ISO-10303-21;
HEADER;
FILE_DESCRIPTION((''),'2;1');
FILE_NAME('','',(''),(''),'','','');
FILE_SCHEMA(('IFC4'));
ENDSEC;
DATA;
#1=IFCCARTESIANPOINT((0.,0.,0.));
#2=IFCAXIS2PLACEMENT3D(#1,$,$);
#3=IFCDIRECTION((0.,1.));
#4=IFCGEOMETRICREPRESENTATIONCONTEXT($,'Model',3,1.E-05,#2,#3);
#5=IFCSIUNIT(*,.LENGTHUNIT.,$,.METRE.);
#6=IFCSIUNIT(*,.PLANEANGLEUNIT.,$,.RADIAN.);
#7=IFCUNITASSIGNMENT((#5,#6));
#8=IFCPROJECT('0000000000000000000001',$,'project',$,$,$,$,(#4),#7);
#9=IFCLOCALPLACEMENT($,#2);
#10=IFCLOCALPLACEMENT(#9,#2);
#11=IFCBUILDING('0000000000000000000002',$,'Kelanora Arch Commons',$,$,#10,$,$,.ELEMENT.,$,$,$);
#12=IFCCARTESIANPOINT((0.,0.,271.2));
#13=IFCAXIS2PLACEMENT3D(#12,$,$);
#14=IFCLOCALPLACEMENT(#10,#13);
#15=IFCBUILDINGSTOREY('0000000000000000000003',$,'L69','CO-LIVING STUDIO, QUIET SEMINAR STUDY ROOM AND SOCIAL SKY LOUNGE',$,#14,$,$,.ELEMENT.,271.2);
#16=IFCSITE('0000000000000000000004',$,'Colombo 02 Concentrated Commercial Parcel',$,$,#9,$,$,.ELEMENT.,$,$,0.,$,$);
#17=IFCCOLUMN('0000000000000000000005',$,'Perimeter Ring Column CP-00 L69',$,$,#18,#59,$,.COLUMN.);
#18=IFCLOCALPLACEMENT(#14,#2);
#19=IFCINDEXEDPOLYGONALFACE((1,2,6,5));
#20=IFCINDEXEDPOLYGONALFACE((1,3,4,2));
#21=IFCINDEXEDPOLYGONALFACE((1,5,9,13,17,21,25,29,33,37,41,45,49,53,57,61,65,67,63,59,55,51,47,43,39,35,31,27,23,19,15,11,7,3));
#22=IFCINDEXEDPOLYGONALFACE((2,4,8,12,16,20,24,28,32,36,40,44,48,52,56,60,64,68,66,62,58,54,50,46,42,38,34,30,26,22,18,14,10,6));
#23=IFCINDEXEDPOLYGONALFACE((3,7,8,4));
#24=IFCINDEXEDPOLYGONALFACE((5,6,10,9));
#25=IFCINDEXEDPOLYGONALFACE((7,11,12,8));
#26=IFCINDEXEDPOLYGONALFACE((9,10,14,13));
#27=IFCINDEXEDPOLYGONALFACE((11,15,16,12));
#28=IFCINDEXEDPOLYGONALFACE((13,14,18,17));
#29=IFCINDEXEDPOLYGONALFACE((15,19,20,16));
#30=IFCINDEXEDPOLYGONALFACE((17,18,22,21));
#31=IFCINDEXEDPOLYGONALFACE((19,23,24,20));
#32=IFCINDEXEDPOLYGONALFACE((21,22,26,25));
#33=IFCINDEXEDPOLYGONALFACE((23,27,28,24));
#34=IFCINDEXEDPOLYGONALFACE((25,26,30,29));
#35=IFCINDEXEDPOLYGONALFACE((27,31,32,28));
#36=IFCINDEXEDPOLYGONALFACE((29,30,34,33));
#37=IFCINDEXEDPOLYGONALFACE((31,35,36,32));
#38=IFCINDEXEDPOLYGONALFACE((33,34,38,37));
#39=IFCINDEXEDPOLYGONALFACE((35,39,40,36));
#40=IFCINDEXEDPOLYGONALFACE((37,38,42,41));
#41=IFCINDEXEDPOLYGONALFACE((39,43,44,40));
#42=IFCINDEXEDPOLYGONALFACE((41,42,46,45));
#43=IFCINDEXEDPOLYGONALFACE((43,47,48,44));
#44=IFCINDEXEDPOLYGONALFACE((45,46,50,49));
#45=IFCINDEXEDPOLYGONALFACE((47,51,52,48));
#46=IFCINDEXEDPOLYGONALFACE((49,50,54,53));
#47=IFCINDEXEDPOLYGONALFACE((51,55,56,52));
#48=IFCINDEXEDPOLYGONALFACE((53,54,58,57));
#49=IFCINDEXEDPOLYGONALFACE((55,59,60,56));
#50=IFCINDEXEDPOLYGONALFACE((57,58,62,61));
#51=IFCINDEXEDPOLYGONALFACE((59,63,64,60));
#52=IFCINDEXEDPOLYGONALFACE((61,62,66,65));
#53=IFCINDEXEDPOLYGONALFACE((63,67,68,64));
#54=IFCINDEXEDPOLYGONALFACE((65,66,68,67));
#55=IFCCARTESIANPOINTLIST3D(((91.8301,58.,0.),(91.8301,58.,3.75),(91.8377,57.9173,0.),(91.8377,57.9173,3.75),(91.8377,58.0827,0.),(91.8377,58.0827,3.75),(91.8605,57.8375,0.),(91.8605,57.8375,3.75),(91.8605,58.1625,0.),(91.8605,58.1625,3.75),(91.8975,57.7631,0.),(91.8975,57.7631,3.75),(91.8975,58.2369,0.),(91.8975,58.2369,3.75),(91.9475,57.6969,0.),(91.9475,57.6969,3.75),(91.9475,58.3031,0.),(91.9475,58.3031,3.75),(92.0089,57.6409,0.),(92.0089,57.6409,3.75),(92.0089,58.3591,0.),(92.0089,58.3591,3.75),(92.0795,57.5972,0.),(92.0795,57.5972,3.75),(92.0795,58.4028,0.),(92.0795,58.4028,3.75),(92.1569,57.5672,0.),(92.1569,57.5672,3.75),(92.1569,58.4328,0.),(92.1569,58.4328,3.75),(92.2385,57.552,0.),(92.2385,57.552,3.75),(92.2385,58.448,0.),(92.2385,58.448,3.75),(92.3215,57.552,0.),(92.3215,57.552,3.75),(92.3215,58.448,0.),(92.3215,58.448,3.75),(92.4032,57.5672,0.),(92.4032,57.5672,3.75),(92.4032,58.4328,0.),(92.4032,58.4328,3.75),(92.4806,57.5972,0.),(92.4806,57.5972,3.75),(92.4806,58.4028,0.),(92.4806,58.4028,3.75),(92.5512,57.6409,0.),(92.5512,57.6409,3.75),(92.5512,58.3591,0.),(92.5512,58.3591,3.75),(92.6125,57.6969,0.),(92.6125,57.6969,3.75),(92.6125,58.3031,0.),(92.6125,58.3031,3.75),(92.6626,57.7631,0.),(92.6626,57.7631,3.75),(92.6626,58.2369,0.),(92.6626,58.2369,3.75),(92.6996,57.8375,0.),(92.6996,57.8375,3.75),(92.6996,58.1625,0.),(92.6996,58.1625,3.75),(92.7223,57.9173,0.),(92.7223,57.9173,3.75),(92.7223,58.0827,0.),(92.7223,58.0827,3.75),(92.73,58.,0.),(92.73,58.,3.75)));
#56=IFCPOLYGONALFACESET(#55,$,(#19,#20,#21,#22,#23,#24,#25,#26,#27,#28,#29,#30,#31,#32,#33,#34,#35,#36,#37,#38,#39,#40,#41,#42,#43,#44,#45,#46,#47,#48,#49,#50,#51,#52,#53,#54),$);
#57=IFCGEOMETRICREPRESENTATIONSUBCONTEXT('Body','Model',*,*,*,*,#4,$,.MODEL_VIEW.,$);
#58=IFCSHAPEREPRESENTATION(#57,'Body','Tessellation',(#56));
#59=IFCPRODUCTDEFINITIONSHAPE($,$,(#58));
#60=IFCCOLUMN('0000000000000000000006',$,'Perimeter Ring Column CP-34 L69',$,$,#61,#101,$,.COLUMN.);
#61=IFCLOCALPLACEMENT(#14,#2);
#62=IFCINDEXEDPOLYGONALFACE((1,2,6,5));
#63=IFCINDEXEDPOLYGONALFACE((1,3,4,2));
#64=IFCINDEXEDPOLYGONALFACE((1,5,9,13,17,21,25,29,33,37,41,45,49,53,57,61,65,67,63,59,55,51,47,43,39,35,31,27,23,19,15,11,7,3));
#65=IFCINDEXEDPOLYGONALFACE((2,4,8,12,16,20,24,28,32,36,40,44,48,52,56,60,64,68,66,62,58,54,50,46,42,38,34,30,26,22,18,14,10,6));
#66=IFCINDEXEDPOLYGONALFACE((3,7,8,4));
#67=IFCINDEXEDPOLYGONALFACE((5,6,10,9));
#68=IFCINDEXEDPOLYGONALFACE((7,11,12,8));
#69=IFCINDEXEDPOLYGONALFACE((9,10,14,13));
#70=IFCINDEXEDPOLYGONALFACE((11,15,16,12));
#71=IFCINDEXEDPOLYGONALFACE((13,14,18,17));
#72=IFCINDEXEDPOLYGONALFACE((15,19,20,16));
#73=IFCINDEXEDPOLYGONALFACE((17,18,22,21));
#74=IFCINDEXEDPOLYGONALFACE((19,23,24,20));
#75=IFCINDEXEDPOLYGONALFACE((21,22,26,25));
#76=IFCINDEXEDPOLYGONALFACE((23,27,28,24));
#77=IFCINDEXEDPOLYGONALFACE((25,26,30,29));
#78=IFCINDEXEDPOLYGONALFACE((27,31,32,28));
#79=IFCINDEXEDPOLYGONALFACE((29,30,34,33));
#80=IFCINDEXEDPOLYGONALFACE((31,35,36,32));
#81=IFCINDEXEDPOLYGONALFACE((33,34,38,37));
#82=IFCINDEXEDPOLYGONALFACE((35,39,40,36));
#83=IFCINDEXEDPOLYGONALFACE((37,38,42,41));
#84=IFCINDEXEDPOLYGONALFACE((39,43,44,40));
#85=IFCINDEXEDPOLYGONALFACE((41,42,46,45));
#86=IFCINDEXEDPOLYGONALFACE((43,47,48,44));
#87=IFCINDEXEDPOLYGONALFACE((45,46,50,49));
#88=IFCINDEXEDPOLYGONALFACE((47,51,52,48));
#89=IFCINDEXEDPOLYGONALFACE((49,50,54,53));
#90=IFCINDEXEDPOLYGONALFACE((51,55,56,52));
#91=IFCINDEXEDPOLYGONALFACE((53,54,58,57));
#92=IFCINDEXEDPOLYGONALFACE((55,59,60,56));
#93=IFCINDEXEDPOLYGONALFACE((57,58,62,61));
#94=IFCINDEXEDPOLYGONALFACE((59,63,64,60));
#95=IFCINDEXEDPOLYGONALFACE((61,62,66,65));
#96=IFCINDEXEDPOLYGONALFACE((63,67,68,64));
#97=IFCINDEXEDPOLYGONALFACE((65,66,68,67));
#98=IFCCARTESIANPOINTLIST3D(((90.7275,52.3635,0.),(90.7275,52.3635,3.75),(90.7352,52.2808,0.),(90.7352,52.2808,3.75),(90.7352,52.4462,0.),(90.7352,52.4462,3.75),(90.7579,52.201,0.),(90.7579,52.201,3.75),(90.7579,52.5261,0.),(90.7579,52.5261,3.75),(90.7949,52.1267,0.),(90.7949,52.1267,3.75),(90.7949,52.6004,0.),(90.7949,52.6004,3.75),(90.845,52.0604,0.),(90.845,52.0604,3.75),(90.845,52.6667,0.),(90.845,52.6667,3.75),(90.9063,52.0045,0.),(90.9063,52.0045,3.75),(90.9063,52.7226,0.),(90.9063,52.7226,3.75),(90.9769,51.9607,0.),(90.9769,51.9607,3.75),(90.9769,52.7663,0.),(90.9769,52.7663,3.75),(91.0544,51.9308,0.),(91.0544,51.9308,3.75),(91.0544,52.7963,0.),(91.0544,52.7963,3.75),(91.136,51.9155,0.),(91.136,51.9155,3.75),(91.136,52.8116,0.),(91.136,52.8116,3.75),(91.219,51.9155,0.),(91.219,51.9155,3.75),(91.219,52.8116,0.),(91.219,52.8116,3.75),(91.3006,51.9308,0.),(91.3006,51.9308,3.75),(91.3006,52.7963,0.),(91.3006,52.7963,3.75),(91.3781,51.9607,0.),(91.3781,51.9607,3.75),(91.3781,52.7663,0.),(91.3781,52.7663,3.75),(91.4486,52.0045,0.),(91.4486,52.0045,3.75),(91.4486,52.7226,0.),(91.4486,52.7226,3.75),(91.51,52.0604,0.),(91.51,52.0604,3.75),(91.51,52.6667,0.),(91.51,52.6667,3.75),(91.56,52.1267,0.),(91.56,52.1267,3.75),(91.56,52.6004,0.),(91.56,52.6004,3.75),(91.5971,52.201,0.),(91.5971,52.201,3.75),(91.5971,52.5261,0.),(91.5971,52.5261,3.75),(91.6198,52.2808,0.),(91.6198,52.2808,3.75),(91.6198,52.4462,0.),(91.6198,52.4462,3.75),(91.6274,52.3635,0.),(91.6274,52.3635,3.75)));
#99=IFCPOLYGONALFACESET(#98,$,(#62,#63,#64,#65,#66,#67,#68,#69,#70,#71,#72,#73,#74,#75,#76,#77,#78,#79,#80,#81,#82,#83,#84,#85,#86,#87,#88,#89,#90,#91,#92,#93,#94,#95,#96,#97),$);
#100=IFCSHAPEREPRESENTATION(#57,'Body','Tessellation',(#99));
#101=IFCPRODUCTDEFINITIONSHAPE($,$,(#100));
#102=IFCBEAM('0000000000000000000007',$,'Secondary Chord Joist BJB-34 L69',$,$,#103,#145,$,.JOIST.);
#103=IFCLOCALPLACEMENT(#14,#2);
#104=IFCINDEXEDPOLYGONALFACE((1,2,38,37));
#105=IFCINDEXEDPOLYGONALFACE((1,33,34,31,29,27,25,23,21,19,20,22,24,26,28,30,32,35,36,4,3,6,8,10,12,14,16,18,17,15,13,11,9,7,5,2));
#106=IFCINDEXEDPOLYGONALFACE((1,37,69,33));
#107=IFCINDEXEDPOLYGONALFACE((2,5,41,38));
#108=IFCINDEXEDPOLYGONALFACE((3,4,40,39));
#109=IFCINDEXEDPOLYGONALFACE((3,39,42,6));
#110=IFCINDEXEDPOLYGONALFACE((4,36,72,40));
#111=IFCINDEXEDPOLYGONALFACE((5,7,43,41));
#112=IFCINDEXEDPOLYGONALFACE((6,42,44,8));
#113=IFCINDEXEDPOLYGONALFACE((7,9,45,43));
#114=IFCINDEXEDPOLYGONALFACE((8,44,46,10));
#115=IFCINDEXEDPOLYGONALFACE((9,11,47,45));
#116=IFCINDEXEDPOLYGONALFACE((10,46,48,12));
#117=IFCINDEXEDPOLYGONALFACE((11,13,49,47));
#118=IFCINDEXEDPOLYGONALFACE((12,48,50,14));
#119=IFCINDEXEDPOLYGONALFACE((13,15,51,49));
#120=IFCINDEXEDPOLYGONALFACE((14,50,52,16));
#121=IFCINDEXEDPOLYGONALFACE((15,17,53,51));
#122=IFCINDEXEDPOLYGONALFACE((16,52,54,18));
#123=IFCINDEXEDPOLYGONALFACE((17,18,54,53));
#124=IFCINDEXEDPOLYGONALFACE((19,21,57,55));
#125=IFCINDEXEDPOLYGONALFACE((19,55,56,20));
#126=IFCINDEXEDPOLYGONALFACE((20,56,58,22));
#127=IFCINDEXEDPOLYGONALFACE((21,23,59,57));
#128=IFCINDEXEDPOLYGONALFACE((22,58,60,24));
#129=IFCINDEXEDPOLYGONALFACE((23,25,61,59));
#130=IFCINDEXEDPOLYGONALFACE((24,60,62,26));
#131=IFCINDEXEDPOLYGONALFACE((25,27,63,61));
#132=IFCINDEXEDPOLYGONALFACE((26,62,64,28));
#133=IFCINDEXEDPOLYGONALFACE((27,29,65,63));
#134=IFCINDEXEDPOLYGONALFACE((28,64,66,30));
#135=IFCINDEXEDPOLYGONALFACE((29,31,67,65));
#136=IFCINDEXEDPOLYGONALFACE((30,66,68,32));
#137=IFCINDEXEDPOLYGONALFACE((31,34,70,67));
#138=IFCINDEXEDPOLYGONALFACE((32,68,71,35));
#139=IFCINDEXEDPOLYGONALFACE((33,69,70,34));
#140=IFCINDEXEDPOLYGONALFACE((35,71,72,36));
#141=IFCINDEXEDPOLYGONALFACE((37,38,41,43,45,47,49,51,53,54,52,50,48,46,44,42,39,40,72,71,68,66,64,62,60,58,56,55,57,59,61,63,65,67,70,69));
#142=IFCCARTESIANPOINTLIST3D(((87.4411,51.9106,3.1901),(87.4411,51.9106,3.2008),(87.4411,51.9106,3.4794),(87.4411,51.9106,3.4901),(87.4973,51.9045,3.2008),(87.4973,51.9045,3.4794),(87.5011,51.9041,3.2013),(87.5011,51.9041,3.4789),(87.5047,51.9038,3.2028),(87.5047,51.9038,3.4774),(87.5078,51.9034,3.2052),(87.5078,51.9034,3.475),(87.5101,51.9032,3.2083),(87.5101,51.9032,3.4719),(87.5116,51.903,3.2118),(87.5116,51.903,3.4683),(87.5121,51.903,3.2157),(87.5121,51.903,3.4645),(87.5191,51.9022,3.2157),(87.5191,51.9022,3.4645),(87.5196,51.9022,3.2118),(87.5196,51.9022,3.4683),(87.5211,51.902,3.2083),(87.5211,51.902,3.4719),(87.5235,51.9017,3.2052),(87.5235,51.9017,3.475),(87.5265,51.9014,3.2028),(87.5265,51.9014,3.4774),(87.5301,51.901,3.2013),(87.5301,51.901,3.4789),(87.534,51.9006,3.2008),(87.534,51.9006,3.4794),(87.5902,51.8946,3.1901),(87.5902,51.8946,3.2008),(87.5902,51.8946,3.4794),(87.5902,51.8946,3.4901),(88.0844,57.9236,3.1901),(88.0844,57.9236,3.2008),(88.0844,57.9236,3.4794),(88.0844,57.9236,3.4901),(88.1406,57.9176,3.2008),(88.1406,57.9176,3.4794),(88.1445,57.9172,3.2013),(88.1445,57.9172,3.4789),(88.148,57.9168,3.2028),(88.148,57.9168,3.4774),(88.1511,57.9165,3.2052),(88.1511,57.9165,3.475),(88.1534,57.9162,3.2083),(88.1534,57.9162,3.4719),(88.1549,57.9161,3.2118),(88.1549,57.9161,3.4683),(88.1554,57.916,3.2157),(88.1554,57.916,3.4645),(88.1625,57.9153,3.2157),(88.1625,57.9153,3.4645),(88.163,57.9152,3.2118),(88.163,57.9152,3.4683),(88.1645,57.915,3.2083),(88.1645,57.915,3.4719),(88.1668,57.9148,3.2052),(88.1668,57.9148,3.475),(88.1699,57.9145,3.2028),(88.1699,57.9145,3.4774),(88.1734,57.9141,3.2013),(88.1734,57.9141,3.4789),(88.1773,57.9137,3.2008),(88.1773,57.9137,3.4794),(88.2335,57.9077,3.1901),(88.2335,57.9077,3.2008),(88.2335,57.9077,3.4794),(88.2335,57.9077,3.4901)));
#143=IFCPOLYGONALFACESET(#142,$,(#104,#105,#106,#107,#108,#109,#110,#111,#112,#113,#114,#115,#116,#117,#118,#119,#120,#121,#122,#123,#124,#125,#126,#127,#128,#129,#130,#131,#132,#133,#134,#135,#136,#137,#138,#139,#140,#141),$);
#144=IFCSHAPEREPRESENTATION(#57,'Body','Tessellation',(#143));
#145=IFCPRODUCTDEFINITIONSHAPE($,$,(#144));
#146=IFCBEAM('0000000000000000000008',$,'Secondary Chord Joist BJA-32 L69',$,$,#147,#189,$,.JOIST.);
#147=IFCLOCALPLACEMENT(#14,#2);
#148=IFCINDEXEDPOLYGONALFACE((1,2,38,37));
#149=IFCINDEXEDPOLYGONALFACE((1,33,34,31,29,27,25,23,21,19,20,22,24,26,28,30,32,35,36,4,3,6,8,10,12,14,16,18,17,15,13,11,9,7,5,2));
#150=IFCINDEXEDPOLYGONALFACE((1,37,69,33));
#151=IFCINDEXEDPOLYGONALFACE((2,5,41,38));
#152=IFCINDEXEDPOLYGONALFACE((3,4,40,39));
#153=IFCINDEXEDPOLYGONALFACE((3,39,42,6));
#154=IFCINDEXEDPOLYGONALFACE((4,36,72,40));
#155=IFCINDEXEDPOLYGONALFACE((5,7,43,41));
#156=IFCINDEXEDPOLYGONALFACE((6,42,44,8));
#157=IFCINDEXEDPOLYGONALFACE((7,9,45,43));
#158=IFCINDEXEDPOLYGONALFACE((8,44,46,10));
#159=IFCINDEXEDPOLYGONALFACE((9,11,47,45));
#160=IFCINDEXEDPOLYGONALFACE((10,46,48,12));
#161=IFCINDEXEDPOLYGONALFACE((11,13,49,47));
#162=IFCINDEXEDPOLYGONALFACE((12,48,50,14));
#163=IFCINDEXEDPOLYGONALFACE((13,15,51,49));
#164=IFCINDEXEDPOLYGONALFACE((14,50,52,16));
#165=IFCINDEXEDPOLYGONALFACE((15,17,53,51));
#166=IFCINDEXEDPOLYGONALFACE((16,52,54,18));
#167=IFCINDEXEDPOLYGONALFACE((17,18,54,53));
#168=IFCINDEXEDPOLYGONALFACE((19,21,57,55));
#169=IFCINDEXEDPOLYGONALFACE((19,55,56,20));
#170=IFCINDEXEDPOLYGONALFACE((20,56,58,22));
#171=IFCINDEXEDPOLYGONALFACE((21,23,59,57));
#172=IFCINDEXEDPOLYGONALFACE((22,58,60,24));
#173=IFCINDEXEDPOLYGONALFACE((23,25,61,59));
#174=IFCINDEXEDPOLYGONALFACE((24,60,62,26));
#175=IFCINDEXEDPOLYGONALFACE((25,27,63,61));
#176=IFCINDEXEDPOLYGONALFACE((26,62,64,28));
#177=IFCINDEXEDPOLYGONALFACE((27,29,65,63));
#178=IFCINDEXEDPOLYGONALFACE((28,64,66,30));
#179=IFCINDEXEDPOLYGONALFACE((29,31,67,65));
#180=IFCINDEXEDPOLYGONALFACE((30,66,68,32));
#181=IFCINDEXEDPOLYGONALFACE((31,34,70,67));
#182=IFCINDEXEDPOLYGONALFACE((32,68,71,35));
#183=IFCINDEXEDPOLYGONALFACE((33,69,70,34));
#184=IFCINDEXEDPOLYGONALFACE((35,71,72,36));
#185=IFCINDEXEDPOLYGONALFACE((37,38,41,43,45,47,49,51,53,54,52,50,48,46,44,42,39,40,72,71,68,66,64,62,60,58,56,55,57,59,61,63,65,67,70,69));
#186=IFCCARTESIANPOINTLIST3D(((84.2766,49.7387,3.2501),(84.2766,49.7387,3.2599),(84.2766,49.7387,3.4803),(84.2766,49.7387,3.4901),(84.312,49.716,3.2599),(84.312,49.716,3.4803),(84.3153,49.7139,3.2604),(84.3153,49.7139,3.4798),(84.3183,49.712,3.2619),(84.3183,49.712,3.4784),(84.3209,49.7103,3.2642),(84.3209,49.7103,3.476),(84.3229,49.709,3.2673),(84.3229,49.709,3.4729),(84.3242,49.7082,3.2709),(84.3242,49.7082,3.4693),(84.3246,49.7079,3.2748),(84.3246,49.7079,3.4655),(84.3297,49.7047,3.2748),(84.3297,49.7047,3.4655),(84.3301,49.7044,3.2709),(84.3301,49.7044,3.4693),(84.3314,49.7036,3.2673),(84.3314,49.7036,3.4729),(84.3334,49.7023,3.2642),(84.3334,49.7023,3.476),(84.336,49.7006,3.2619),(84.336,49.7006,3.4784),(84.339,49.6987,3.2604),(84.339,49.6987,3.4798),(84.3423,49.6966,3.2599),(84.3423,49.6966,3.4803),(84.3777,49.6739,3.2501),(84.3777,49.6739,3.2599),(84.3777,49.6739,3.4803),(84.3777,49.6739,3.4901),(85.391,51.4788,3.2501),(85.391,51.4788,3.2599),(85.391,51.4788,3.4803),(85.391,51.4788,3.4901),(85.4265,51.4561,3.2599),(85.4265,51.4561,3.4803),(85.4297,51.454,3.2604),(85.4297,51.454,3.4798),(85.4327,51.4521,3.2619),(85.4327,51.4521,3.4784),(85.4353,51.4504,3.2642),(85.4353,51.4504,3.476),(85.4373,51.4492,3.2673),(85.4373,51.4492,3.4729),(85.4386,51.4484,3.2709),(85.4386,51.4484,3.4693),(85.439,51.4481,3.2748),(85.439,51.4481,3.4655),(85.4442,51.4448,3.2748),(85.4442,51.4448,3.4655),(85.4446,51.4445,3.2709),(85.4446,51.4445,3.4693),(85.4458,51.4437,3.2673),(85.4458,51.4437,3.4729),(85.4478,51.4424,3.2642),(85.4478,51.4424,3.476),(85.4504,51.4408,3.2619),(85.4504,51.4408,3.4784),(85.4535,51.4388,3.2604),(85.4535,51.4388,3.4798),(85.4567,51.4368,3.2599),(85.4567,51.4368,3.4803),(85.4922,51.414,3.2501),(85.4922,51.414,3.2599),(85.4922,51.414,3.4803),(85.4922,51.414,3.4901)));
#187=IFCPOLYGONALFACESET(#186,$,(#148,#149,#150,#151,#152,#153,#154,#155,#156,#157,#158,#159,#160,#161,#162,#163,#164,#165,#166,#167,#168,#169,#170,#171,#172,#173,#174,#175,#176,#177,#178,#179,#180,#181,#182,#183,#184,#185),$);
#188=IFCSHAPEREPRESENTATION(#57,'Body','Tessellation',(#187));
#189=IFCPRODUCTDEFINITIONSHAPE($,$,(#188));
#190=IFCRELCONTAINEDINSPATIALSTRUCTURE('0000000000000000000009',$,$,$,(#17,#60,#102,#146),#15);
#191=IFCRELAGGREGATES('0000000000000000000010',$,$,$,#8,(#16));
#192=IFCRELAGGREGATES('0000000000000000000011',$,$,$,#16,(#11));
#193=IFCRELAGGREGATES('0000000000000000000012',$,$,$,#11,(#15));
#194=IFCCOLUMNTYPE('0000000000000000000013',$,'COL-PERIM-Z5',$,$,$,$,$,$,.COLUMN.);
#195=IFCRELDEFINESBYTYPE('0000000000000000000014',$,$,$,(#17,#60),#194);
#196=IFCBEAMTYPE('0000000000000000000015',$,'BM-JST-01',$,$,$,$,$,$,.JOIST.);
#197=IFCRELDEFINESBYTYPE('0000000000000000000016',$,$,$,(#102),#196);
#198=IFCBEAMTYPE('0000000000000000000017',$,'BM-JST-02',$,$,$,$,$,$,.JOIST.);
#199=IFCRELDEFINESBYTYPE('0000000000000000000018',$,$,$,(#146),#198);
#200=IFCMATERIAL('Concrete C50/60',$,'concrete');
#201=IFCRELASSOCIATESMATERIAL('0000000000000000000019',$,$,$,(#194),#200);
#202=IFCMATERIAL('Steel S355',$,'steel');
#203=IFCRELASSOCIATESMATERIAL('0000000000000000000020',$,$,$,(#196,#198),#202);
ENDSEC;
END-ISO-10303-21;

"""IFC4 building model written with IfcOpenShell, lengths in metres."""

from ifc_helpers import new_model, si_unit, direction, frame, origin, origin_2d, place, context, subcontext, project, spatial, circle, i_section, extrude, material, material_profile, profile_set, type_object, element, save


model = new_model("IFC4")

# Units and contexts
model_context = context("Model", 3, precision=1e-05, world=origin(), true_north=direction((0.0, 1.0)))
body_context = subcontext(model_context, "Body", "Model", "MODEL_VIEW")
ifc_project = project(units=[si_unit("LENGTHUNIT", "METRE"), si_unit("PLANEANGLEUNIT", "RADIAN")], contexts=[model_context])

# Site, building, storey
site_placement = place(None, origin())
site = spatial("IfcSite", under=ifc_project, at=site_placement, Name="Colombo 02 Concentrated Commercial Parcel", CompositionType="ELEMENT", RefElevation=0.0)
building_placement = place(site_placement, origin())
building = spatial("IfcBuilding", under=site, at=building_placement, Name="Kelanora Arch Commons", CompositionType="ELEMENT")
storey_placement = place(building_placement, frame((0.0, 0.0, 271.2)))
storey = spatial("IfcBuildingStorey", under=building, at=storey_placement, Name="L69", Description="CO-LIVING STUDIO, QUIET SEMINAR STUDY ROOM AND SOCIAL SKY LOUNGE", CompositionType="ELEMENT", Elevation=271.2)

# Columns
ifc_material_1 = material(Name="Concrete C50/60", Category="concrete")
ifc_material_profile_1 = material_profile(ifc_material_1, circle(Radius=0.45, at=origin_2d()), Name="RCC900")
ifc_profile_set_1 = profile_set([ifc_material_profile_1], Name="Concrete C50/60")
column_type = type_object("IfcColumnType", Name="COL-PERIM-Z5", PredefinedType="COLUMN", material=ifc_profile_set_1)
for number, where, z_axis, x_axis, name in (
    (1, (92.28, 58.0, 0.0), (0.0, 0.0, 1.0), (1.0, 0.0, 0.0), "Perimeter Ring Column CP-00 L69"),
    (2, (91.1775, 52.3635, 0.0), (0.0, 0.0, 1.0), (1.0, 0.0, 0.0), "Perimeter Ring Column CP-34 L69"),
):
    element("IfcColumn", number, at=place(storey_placement, frame(where, z_axis=z_axis, x_axis=x_axis)), inside=storey, type_object=column_type, Name=name, PredefinedType="COLUMN", context=body_context, shape_type="SweptSolid", body=[
        extrude(circle(Radius=0.45, at=origin_2d()), origin(), (0.0, 0.0, 1.0), 3.75),
    ])

# Beams
ifc_material_2 = material(Name="Steel S355", Category="steel")
ifc_material_profile_2 = material_profile(ifc_material_2, i_section(OverallWidth=0.1499, OverallDepth=0.3, WebThickness=0.0071, FlangeThickness=0.0107, FilletRadius=0.0149, at=origin_2d()), Name="IPE300")
ifc_profile_set_2 = profile_set([ifc_material_profile_2], Name="Steel S355")
beam_type_1 = type_object("IfcBeamType", Name="BM-JST-01", PredefinedType="JOIST", material=ifc_profile_set_2)
beam_1_placement = place(storey_placement, frame((87.5156, 51.9026, 3.3401), z_axis=(0.106381, 0.994325, 0.0), x_axis=(-0.994325, 0.106381, 0.0)))
element("IfcBeam", 3, at=beam_1_placement, inside=storey, type_object=beam_type_1, Name="Secondary Chord Joist BJB-34 L69", PredefinedType="JOIST", context=body_context, shape_type="SweptSolid", body=[
    extrude(i_section(OverallWidth=0.1499, OverallDepth=0.3, WebThickness=0.0071, FlangeThickness=0.0107, FilletRadius=0.0149, at=origin_2d()), origin(), (0.0, 0.0, 1.0), 6.0474),
])
ifc_material_profile_3 = material_profile(ifc_material_2, i_section(OverallWidth=0.1201, OverallDepth=0.24, WebThickness=0.0061, FlangeThickness=0.0098, FilletRadius=0.0149, at=origin_2d()), Name="IPE240")
ifc_profile_set_3 = profile_set([ifc_material_profile_3], Name="Steel S355")
beam_type_2 = type_object("IfcBeamType", Name="BM-JST-02", PredefinedType="JOIST", material=ifc_profile_set_3)
beam_2_placement = place(storey_placement, frame((84.3271, 49.7063, 3.3701), z_axis=(0.539312, 0.842106, 0.0), x_axis=(-0.842106, 0.539312, 0.0)))
element("IfcBeam", 4, at=beam_2_placement, inside=storey, type_object=beam_type_2, Name="Secondary Chord Joist BJA-32 L69", PredefinedType="JOIST", context=body_context, shape_type="SweptSolid", body=[
    extrude(i_section(OverallWidth=0.1201, OverallDepth=0.24, WebThickness=0.0061, FlangeThickness=0.0098, FilletRadius=0.0149, at=origin_2d()), origin(), (0.0, 0.0, 1.0), 2.0664),
])

save(model, "model.ifc")
